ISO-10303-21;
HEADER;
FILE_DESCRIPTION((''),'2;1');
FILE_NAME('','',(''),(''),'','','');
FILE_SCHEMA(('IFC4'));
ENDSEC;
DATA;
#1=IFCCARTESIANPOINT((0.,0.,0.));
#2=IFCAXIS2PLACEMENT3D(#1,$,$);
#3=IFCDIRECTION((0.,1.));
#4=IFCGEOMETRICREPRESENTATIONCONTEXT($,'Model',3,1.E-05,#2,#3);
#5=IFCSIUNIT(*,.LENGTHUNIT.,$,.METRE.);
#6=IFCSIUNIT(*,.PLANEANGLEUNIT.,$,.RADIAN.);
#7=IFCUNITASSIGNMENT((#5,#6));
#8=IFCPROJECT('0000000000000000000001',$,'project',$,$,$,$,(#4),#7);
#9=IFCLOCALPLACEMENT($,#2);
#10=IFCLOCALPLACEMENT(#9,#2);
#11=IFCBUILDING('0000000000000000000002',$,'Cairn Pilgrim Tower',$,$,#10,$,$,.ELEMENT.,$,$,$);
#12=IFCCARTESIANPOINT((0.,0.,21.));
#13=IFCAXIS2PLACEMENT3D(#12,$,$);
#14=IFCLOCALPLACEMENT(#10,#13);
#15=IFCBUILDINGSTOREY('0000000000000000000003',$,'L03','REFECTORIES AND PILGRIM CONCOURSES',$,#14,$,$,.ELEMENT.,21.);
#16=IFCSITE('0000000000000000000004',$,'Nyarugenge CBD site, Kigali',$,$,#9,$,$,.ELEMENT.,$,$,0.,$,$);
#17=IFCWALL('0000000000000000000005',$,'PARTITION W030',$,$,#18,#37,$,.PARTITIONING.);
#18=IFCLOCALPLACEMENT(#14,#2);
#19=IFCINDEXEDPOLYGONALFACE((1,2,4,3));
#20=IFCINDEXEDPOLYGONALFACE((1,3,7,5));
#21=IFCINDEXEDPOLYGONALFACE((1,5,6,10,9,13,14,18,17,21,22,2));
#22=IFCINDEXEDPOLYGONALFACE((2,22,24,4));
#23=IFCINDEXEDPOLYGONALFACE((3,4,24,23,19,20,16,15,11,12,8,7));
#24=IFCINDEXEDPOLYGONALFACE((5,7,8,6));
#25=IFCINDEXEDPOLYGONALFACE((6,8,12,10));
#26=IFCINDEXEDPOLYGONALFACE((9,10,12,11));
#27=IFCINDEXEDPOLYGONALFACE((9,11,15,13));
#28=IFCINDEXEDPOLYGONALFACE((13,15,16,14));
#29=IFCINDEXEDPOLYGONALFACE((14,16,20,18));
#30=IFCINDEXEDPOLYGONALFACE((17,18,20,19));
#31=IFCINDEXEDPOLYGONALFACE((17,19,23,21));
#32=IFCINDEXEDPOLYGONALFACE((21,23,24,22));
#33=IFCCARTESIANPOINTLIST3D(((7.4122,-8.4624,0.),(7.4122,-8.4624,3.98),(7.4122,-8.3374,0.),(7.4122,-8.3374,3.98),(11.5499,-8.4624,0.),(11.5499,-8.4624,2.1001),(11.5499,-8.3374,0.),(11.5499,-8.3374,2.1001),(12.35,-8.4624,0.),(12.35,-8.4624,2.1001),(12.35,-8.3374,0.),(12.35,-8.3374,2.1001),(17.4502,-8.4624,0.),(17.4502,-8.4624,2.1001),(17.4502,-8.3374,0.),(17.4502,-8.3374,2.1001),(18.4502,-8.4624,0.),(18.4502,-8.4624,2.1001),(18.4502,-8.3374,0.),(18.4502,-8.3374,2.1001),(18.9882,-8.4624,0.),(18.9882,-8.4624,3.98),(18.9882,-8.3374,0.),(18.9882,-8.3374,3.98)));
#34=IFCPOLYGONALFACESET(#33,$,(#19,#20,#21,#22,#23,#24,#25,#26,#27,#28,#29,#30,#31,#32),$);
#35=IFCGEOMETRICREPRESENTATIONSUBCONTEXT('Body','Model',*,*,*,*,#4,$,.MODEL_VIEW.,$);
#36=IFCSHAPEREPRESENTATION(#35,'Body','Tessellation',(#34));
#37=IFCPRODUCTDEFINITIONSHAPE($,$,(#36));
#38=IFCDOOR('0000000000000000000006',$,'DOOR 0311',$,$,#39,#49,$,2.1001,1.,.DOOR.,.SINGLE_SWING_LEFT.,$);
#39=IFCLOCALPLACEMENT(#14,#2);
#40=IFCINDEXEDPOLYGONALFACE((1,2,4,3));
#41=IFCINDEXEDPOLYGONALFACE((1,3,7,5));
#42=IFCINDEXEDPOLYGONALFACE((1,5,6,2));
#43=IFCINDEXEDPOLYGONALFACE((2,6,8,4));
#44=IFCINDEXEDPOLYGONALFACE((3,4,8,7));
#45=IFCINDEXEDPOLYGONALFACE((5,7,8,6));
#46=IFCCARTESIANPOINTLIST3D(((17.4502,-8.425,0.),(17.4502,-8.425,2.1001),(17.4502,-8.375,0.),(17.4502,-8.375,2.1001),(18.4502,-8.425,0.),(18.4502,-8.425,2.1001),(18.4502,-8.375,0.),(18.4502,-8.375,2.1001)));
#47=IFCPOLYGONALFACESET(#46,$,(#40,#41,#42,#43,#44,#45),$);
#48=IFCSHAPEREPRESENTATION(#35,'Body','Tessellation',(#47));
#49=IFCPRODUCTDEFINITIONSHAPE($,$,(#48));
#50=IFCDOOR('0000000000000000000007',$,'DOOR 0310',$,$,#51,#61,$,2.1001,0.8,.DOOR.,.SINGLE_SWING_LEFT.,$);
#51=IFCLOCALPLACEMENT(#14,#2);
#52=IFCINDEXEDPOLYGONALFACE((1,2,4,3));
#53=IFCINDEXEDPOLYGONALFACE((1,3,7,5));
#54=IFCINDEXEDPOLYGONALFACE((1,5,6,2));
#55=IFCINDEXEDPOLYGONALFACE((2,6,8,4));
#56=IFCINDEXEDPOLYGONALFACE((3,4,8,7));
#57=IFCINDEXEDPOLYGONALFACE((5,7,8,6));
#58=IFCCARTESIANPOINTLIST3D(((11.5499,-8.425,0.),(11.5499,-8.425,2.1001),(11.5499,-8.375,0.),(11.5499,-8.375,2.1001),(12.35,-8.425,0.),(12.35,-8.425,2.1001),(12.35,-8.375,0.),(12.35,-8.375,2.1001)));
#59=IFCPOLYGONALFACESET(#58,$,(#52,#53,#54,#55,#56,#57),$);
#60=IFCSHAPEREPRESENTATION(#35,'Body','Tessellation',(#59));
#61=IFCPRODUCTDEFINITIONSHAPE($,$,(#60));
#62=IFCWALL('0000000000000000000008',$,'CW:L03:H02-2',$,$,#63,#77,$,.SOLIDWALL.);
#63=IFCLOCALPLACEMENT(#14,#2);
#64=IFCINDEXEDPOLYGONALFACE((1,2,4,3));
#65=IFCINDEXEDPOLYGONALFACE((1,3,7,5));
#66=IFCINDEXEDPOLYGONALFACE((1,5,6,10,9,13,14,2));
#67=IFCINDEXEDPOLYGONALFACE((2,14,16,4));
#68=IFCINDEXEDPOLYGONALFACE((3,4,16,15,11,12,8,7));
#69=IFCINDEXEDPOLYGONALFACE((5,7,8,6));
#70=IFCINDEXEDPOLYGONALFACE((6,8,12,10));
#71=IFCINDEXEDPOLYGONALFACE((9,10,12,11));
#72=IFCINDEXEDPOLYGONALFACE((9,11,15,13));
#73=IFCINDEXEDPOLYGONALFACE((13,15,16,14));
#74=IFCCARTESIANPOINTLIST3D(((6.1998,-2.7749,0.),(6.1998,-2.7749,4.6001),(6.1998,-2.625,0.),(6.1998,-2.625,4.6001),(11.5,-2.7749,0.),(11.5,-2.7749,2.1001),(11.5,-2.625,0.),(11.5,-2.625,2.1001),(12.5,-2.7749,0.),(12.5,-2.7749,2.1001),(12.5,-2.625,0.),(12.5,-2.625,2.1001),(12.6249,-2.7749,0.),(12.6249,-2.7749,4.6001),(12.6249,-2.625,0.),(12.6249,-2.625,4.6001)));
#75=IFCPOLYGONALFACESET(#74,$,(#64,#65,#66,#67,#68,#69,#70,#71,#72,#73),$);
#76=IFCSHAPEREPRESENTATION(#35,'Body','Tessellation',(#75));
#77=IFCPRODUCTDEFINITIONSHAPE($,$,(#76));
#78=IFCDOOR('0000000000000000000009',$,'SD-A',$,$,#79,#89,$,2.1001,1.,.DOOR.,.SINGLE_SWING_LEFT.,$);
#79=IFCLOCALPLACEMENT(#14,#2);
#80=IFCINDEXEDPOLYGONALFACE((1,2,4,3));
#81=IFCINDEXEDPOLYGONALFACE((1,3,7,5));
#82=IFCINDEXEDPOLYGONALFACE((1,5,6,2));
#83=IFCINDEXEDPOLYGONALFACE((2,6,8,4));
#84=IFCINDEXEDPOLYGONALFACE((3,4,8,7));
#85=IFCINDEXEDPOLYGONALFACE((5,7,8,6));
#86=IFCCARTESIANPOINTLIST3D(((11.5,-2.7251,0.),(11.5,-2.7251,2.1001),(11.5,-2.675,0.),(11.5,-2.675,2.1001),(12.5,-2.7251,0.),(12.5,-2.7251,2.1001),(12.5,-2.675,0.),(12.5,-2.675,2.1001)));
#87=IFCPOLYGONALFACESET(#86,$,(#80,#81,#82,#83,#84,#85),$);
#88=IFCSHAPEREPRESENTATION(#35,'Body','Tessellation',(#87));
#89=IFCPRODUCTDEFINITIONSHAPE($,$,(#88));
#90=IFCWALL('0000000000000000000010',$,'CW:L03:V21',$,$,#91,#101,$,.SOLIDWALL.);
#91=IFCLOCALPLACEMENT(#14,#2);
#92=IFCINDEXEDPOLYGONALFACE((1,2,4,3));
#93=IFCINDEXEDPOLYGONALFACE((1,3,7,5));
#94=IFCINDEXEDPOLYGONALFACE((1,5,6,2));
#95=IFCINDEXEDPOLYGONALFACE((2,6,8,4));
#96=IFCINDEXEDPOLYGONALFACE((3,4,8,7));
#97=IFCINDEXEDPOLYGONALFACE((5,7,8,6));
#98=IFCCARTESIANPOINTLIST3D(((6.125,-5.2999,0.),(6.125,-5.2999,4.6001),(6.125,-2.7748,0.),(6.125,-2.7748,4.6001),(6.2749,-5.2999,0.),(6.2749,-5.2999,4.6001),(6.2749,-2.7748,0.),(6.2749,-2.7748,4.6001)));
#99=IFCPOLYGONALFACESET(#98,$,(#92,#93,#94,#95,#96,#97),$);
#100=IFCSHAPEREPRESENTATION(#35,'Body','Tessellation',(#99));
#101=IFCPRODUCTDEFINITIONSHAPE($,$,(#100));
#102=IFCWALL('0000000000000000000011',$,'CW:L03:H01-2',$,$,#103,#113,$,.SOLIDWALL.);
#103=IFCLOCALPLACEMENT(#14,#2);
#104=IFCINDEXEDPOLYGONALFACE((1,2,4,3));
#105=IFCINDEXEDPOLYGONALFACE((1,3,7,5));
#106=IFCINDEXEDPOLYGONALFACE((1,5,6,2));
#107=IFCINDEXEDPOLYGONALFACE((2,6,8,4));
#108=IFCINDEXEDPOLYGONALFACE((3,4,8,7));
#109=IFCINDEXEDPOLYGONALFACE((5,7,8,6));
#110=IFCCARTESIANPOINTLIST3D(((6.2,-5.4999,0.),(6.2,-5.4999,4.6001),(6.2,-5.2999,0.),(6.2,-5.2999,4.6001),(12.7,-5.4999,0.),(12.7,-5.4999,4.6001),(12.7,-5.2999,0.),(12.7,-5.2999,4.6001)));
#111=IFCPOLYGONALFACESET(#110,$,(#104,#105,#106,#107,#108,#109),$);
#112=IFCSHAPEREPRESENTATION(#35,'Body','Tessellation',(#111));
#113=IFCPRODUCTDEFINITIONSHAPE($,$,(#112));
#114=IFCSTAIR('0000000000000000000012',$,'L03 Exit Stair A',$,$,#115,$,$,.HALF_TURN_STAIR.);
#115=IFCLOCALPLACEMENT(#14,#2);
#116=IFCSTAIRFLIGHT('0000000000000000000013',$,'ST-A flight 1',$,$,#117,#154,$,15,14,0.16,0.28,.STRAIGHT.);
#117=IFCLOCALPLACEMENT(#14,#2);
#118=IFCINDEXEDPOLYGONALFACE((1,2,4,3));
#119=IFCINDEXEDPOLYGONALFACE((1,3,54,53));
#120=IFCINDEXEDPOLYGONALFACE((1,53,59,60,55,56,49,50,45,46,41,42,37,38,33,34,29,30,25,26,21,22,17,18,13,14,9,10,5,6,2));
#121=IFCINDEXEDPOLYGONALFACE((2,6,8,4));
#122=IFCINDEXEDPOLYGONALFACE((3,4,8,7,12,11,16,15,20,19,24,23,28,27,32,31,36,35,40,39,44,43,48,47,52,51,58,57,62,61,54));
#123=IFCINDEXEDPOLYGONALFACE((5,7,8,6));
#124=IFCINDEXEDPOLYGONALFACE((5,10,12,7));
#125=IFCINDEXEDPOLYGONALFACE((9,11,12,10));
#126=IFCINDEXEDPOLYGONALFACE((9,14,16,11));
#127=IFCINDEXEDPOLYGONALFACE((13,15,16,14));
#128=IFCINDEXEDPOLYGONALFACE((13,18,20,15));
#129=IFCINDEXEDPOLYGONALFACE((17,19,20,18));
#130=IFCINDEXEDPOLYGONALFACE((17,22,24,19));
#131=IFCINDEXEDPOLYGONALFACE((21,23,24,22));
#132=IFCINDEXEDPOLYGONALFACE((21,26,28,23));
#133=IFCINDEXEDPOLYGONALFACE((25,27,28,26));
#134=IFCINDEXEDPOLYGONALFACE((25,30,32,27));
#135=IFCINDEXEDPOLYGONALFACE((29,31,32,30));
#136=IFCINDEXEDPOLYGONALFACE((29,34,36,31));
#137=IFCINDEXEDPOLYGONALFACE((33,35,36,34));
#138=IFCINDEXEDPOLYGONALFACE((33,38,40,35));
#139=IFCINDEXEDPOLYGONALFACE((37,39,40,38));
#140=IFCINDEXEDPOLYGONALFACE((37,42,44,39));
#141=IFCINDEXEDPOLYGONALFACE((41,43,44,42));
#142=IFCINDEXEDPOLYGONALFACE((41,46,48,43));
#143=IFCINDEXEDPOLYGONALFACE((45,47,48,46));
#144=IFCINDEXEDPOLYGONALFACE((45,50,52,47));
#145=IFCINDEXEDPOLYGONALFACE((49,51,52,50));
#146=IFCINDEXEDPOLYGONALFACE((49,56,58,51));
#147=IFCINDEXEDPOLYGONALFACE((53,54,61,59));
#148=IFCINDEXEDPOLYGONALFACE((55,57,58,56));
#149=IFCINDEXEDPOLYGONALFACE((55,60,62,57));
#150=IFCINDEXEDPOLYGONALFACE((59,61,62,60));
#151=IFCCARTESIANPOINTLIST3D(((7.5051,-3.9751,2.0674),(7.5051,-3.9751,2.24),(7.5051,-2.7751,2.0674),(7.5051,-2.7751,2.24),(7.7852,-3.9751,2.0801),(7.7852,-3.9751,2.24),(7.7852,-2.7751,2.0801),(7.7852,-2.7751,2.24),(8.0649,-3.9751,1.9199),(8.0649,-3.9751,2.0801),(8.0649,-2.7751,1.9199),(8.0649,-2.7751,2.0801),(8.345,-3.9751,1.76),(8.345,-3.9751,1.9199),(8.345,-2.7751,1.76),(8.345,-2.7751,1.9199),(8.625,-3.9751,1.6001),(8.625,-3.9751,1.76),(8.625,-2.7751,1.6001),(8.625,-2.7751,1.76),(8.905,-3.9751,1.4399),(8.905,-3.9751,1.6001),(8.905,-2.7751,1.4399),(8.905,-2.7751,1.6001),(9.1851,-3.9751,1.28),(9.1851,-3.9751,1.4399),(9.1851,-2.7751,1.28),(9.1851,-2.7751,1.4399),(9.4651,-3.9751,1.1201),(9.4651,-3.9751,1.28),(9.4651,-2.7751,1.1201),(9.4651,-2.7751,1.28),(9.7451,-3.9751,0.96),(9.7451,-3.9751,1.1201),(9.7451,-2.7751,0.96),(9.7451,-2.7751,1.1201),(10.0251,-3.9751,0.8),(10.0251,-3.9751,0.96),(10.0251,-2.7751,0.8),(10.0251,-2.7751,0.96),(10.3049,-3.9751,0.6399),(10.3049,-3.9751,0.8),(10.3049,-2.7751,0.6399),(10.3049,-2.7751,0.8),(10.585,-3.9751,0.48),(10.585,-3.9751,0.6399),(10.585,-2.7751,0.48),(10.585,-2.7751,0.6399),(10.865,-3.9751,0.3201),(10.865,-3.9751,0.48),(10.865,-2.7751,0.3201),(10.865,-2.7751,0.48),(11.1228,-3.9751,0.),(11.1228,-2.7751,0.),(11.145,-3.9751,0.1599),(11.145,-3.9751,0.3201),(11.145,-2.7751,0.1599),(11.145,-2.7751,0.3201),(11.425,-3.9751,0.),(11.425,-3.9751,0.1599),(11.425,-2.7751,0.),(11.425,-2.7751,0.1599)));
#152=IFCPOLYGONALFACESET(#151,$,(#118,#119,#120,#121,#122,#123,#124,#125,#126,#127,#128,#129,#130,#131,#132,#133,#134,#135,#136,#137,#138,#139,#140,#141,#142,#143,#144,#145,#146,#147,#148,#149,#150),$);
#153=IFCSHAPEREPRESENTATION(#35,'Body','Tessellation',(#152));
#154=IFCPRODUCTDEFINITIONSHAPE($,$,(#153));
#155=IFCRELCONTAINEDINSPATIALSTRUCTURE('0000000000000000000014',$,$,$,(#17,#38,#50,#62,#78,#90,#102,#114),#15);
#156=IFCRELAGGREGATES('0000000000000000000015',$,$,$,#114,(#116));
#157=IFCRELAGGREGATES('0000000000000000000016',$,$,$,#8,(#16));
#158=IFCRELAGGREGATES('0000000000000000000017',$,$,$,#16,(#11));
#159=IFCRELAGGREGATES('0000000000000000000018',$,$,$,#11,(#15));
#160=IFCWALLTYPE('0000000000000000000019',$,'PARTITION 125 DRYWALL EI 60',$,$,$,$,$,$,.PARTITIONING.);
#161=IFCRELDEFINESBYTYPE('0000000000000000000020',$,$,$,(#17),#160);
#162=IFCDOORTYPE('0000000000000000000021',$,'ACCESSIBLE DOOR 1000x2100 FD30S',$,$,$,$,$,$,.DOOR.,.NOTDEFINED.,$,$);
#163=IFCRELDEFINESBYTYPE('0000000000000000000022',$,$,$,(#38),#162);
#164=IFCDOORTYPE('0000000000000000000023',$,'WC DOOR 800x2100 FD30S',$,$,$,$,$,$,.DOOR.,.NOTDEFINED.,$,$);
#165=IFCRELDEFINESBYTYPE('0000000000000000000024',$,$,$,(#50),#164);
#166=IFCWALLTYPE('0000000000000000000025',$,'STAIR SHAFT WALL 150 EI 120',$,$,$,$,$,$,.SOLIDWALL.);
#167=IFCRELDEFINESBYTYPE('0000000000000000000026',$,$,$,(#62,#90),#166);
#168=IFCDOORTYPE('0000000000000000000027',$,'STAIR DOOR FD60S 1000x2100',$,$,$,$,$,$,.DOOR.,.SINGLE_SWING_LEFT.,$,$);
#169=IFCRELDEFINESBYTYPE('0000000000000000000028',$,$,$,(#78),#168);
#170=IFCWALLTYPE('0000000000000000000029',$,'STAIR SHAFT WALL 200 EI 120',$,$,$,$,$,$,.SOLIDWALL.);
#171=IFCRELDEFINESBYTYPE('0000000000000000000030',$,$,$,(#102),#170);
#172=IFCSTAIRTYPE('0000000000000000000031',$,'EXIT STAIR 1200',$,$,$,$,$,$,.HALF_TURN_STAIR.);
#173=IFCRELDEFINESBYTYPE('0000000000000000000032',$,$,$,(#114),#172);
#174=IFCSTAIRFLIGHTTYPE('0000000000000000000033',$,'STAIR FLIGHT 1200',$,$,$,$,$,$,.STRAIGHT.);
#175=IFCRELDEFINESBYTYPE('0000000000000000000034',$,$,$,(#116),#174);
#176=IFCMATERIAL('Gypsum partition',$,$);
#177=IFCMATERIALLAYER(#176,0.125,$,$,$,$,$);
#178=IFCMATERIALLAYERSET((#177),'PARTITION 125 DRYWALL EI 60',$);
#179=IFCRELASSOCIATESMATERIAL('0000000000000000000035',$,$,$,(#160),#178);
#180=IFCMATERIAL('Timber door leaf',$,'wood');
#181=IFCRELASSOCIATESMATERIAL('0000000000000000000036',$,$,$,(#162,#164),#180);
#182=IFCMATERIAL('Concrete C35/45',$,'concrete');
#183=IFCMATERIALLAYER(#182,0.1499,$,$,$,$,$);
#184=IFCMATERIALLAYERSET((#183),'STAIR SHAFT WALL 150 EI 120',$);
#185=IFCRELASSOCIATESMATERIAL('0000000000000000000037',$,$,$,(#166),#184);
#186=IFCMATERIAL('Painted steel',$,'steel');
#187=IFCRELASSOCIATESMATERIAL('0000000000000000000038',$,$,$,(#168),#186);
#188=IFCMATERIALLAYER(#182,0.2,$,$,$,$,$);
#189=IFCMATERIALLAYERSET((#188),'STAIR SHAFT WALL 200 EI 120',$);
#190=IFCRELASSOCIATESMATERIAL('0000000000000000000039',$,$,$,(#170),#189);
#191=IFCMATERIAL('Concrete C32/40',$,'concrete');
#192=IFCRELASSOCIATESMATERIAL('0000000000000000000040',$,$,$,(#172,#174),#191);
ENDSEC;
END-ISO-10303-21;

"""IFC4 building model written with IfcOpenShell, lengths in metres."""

from ifc_helpers import new_model, si_unit, direction, frame, frame_2d, origin, place, context, subcontext, project, spatial, polyline, rectangle, outline, extrude, material, layer, layer_set, type_object, element, fill, aggregate, save


model = new_model("IFC4")

# Units and contexts
model_context = context("Model", 3, precision=1e-05, world=origin(), true_north=direction((0.0, 1.0)))
body_context = subcontext(model_context, "Body", "Model", "MODEL_VIEW")
ifc_project = project(units=[si_unit("LENGTHUNIT", "METRE"), si_unit("PLANEANGLEUNIT", "RADIAN")], contexts=[model_context])

# Site, building, storey
site_placement = place(None, origin())
site = spatial("IfcSite", under=ifc_project, at=site_placement, Name="Nyarugenge CBD site, Kigali", CompositionType="ELEMENT", RefElevation=0.0)
building_placement = place(site_placement, origin())
building = spatial("IfcBuilding", under=site, at=building_placement, Name="Cairn Pilgrim Tower", CompositionType="ELEMENT")
storey_placement = place(building_placement, frame((0.0, 0.0, 21.0)))
storey = spatial("IfcBuildingStorey", under=building, at=storey_placement, Name="L03", Description="REFECTORIES AND PILGRIM CONCOURSES", CompositionType="ELEMENT", Elevation=21.0)

# Shared definitions
ifc_material_1 = material(Name="Concrete C32/40", Category="concrete")

# Wall, openings, doors
ifc_material_2 = material(Name="Gypsum partition")
ifc_layer_1 = layer(ifc_material_2, 0.125)
ifc_layer_set_1 = layer_set([ifc_layer_1], Name="PARTITION 125 DRYWALL EI 60")
wall_type_1 = type_object("IfcWallType", Name="PARTITION 125 DRYWALL EI 60", PredefinedType="PARTITIONING", material=ifc_layer_set_1)
wall_1_placement = place(storey_placement, frame((7.4121, -8.3999, 0.0), z_axis=(0.0, 0.0, 1.0), x_axis=(1.0, 0.0, 0.0)))
wall_1 = element("IfcWall", 1, at=wall_1_placement, inside=storey, type_object=wall_type_1, Name="PARTITION W030", PredefinedType="PARTITIONING", context=body_context, shape_type="SweptSolid", body=[
    extrude(rectangle(XDim=11.5759, YDim=0.125, at=frame_2d((5.7881, 0.0))), origin(), (0.0, 0.0, 1.0), 3.98),
])
opening_1_placement = place(wall_1_placement, frame((4.1379, 0.0, 0.0)))
opening_1 = element("IfcOpeningElement", 2, at=opening_1_placement, cuts=wall_1, PredefinedType="OPENING", context=body_context, shape_type="SweptSolid", body=[
    extrude(rectangle(XDim=0.8, YDim=2.1001, at=frame_2d((0.3999, 1.05))), frame((0.0, 0.0725, 0.0), z_axis=(0.0, -1.0, 0.0), x_axis=(1.0, 0.0, 0.0)), (0.0, 0.0, 1.0), 0.145),
])
opening_2_placement = place(wall_1_placement, frame((10.0381, 0.0, 0.0)))
opening_2 = element("IfcOpeningElement", 3, at=opening_2_placement, cuts=wall_1, PredefinedType="OPENING", context=body_context, shape_type="SweptSolid", body=[
    extrude(rectangle(XDim=1.0, YDim=2.1001, at=frame_2d((0.5, 1.05))), frame((0.0, 0.0725, 0.0), z_axis=(0.0, -1.0, 0.0), x_axis=(1.0, 0.0, 0.0)), (0.0, 0.0, 1.0), 0.145),
])
ifc_material_3 = material(Name="Timber door leaf", Category="wood")
door_type_1 = type_object("IfcDoorType", Name="ACCESSIBLE DOOR 1000x2100 FD30S", OperationType="NOTDEFINED", PredefinedType="DOOR", material=ifc_material_3)
door_1_placement = place(opening_2_placement, origin())
door_1 = element("IfcDoor", 4, at=door_1_placement, inside=storey, type_object=door_type_1, Name="DOOR 0311", OperationType="SINGLE_SWING_LEFT", OverallHeight=2.1001, OverallWidth=1.0, PredefinedType="DOOR", context=body_context, shape_type="SweptSolid", body=[
    extrude(rectangle(XDim=1.0, YDim=2.1001, at=frame_2d((0.5, 1.05))), frame((0.0, 0.0249, 0.0), z_axis=(0.0, -1.0, 0.0), x_axis=(1.0, 0.0, 0.0)), (0.0, 0.0, 1.0), 0.05),
])
fill(opening_2, door_1)
door_type_2 = type_object("IfcDoorType", Name="WC DOOR 800x2100 FD30S", OperationType="NOTDEFINED", PredefinedType="DOOR", material=ifc_material_3)
door_2_placement = place(opening_1_placement, origin())
door_2 = element("IfcDoor", 5, at=door_2_placement, inside=storey, type_object=door_type_2, Name="DOOR 0310", OperationType="SINGLE_SWING_LEFT", OverallHeight=2.1001, OverallWidth=0.8, PredefinedType="DOOR", context=body_context, shape_type="SweptSolid", body=[
    extrude(rectangle(XDim=0.8, YDim=2.1001, at=frame_2d((0.3999, 1.05))), frame((0.0, 0.0249, 0.0), z_axis=(0.0, -1.0, 0.0), x_axis=(1.0, 0.0, 0.0)), (0.0, 0.0, 1.0), 0.05),
])
fill(opening_1, door_2)

# Wall, opening, door
ifc_material_4 = material(Name="Concrete C35/45", Category="concrete")
ifc_layer_2 = layer(ifc_material_4, 0.1499)
ifc_layer_set_2 = layer_set([ifc_layer_2], Name="STAIR SHAFT WALL 150 EI 120")
wall_type_2 = type_object("IfcWallType", Name="STAIR SHAFT WALL 150 EI 120", PredefinedType="SOLIDWALL", material=ifc_layer_set_2)
wall_2_placement = place(storey_placement, frame((6.2, -2.7, 0.0), z_axis=(0.0, 0.0, 1.0), x_axis=(1.0, 0.0, 0.0)))
wall_2 = element("IfcWall", 6, at=wall_2_placement, inside=storey, type_object=wall_type_2, Name="CW:L03:H02-2", PredefinedType="SOLIDWALL", context=body_context, shape_type="SweptSolid", body=[
    extrude(rectangle(XDim=6.425, YDim=0.1499, at=frame_2d((3.2124, 0.0))), origin(), (0.0, 0.0, 1.0), 4.6001),
])
opening_3_placement = place(wall_2_placement, frame((5.3, 0.0, 0.0)))
opening_3 = element("IfcOpeningElement", 7, at=opening_3_placement, cuts=wall_2, PredefinedType="OPENING", context=body_context, shape_type="SweptSolid", body=[
    extrude(rectangle(XDim=1.0, YDim=2.1001, at=frame_2d((0.5, 1.05))), frame((0.0, 0.085, 0.0), z_axis=(0.0, -1.0, 0.0), x_axis=(1.0, 0.0, 0.0)), (0.0, 0.0, 1.0), 0.1699),
])
ifc_material_5 = material(Name="Painted steel", Category="steel")
door_type_3 = type_object("IfcDoorType", Name="STAIR DOOR FD60S 1000x2100", OperationType="SINGLE_SWING_LEFT", PredefinedType="DOOR", material=ifc_material_5)
door_3_placement = place(opening_3_placement, origin())
door_3 = element("IfcDoor", 8, at=door_3_placement, inside=storey, type_object=door_type_3, Name="SD-A", OperationType="SINGLE_SWING_LEFT", OverallHeight=2.1001, OverallWidth=1.0, PredefinedType="DOOR", context=body_context, shape_type="SweptSolid", body=[
    extrude(rectangle(XDim=1.0, YDim=2.1001, at=frame_2d((0.5, 1.05))), frame((0.0, 0.0249, 0.0), z_axis=(0.0, -1.0, 0.0), x_axis=(1.0, 0.0, 0.0)), (0.0, 0.0, 1.0), 0.05),
])
fill(opening_3, door_3)

# Walls
wall_3_placement = place(storey_placement, frame((6.2, -5.3, 0.0), z_axis=(0.0, 0.0, 1.0), x_axis=(0.0, 1.0, 0.0)))
element("IfcWall", 9, at=wall_3_placement, inside=storey, type_object=wall_type_2, Name="CW:L03:V21", PredefinedType="SOLIDWALL", context=body_context, shape_type="SweptSolid", body=[
    extrude(rectangle(XDim=2.5251, YDim=0.1499, at=frame_2d((1.2627, 0.0))), origin(), (0.0, 0.0, 1.0), 4.6001),
])
ifc_layer_3 = layer(ifc_material_4, 0.2)
ifc_layer_set_3 = layer_set([ifc_layer_3], Name="STAIR SHAFT WALL 200 EI 120")
wall_type_3 = type_object("IfcWallType", Name="STAIR SHAFT WALL 200 EI 120", PredefinedType="SOLIDWALL", material=ifc_layer_set_3)
wall_4_placement = place(storey_placement, frame((6.2, -5.3999, 0.0), z_axis=(0.0, 0.0, 1.0), x_axis=(1.0, 0.0, 0.0)))
element("IfcWall", 10, at=wall_4_placement, inside=storey, type_object=wall_type_3, Name="CW:L03:H01-2", PredefinedType="SOLIDWALL", context=body_context, shape_type="SweptSolid", body=[
    extrude(rectangle(XDim=6.5, YDim=0.2, at=frame_2d((3.25, 0.0))), origin(), (0.0, 0.0, 1.0), 4.6001),
])

# Stair, stair flight
stair_type = type_object("IfcStairType", Name="EXIT STAIR 1200", PredefinedType="HALF_TURN_STAIR", material=ifc_material_1)
stair_placement = place(storey_placement, origin())
stair = element("IfcStair", 11, at=stair_placement, inside=storey, type_object=stair_type, Name="L03 Exit Stair A", PredefinedType="HALF_TURN_STAIR")
stair_flight_type = type_object("IfcStairFlightType", Name="STAIR FLIGHT 1200", PredefinedType="STRAIGHT", material=ifc_material_1)
stair_flight_1_placement = place(storey_placement, frame((11.425, -3.375, 0.0), z_axis=(0.0, 0.0, 1.0), x_axis=(-1.0, 0.0, 0.0)))
stair_flight_1 = element("IfcStairFlight", 12, at=stair_flight_1_placement, type_object=stair_flight_type, Name="ST-A flight 1", NumberOfRisers=15, NumberOfTreads=14, PredefinedType="STRAIGHT", RiserHeight=0.16, TreadLength=0.28, context=body_context, shape_type="SweptSolid", body=[
    extrude(outline(polyline([(0.0, 0.0), (0.0, 0.1599), (0.28, 0.1599), (0.28, 0.3201), (0.5601, 0.3201), (0.5601, 0.48), (0.8401, 0.48), (0.8401, 0.6399), (1.1201, 0.6399), (1.1201, 0.8), (1.3999, 0.8), (1.3999, 0.96), (1.6799, 0.96), (1.6799, 1.1201), (1.96, 1.1201), (1.96, 1.28), (2.24, 1.28), (2.24, 1.4399), (2.52, 1.4399), (2.52, 1.6001), (2.8, 1.6001), (2.8, 1.76), (3.0801, 1.76), (3.0801, 1.9199), (3.3601, 1.9199), (3.3601, 2.0801), (3.6399, 2.0801), (3.6399, 2.24), (3.9199, 2.24), (3.9199, 2.3999), (3.9199, 2.0674), (0.3022, 0.0), (0.0, 0.0)])), frame((0.0, 0.6001, 0.0), z_axis=(0.0, -1.0, 0.0), x_axis=(1.0, 0.0, 0.0)), (0.0, 0.0, 1.0), 1.2),
])
aggregate(stair, [stair_flight_1])

save(model, "model.ifc")
